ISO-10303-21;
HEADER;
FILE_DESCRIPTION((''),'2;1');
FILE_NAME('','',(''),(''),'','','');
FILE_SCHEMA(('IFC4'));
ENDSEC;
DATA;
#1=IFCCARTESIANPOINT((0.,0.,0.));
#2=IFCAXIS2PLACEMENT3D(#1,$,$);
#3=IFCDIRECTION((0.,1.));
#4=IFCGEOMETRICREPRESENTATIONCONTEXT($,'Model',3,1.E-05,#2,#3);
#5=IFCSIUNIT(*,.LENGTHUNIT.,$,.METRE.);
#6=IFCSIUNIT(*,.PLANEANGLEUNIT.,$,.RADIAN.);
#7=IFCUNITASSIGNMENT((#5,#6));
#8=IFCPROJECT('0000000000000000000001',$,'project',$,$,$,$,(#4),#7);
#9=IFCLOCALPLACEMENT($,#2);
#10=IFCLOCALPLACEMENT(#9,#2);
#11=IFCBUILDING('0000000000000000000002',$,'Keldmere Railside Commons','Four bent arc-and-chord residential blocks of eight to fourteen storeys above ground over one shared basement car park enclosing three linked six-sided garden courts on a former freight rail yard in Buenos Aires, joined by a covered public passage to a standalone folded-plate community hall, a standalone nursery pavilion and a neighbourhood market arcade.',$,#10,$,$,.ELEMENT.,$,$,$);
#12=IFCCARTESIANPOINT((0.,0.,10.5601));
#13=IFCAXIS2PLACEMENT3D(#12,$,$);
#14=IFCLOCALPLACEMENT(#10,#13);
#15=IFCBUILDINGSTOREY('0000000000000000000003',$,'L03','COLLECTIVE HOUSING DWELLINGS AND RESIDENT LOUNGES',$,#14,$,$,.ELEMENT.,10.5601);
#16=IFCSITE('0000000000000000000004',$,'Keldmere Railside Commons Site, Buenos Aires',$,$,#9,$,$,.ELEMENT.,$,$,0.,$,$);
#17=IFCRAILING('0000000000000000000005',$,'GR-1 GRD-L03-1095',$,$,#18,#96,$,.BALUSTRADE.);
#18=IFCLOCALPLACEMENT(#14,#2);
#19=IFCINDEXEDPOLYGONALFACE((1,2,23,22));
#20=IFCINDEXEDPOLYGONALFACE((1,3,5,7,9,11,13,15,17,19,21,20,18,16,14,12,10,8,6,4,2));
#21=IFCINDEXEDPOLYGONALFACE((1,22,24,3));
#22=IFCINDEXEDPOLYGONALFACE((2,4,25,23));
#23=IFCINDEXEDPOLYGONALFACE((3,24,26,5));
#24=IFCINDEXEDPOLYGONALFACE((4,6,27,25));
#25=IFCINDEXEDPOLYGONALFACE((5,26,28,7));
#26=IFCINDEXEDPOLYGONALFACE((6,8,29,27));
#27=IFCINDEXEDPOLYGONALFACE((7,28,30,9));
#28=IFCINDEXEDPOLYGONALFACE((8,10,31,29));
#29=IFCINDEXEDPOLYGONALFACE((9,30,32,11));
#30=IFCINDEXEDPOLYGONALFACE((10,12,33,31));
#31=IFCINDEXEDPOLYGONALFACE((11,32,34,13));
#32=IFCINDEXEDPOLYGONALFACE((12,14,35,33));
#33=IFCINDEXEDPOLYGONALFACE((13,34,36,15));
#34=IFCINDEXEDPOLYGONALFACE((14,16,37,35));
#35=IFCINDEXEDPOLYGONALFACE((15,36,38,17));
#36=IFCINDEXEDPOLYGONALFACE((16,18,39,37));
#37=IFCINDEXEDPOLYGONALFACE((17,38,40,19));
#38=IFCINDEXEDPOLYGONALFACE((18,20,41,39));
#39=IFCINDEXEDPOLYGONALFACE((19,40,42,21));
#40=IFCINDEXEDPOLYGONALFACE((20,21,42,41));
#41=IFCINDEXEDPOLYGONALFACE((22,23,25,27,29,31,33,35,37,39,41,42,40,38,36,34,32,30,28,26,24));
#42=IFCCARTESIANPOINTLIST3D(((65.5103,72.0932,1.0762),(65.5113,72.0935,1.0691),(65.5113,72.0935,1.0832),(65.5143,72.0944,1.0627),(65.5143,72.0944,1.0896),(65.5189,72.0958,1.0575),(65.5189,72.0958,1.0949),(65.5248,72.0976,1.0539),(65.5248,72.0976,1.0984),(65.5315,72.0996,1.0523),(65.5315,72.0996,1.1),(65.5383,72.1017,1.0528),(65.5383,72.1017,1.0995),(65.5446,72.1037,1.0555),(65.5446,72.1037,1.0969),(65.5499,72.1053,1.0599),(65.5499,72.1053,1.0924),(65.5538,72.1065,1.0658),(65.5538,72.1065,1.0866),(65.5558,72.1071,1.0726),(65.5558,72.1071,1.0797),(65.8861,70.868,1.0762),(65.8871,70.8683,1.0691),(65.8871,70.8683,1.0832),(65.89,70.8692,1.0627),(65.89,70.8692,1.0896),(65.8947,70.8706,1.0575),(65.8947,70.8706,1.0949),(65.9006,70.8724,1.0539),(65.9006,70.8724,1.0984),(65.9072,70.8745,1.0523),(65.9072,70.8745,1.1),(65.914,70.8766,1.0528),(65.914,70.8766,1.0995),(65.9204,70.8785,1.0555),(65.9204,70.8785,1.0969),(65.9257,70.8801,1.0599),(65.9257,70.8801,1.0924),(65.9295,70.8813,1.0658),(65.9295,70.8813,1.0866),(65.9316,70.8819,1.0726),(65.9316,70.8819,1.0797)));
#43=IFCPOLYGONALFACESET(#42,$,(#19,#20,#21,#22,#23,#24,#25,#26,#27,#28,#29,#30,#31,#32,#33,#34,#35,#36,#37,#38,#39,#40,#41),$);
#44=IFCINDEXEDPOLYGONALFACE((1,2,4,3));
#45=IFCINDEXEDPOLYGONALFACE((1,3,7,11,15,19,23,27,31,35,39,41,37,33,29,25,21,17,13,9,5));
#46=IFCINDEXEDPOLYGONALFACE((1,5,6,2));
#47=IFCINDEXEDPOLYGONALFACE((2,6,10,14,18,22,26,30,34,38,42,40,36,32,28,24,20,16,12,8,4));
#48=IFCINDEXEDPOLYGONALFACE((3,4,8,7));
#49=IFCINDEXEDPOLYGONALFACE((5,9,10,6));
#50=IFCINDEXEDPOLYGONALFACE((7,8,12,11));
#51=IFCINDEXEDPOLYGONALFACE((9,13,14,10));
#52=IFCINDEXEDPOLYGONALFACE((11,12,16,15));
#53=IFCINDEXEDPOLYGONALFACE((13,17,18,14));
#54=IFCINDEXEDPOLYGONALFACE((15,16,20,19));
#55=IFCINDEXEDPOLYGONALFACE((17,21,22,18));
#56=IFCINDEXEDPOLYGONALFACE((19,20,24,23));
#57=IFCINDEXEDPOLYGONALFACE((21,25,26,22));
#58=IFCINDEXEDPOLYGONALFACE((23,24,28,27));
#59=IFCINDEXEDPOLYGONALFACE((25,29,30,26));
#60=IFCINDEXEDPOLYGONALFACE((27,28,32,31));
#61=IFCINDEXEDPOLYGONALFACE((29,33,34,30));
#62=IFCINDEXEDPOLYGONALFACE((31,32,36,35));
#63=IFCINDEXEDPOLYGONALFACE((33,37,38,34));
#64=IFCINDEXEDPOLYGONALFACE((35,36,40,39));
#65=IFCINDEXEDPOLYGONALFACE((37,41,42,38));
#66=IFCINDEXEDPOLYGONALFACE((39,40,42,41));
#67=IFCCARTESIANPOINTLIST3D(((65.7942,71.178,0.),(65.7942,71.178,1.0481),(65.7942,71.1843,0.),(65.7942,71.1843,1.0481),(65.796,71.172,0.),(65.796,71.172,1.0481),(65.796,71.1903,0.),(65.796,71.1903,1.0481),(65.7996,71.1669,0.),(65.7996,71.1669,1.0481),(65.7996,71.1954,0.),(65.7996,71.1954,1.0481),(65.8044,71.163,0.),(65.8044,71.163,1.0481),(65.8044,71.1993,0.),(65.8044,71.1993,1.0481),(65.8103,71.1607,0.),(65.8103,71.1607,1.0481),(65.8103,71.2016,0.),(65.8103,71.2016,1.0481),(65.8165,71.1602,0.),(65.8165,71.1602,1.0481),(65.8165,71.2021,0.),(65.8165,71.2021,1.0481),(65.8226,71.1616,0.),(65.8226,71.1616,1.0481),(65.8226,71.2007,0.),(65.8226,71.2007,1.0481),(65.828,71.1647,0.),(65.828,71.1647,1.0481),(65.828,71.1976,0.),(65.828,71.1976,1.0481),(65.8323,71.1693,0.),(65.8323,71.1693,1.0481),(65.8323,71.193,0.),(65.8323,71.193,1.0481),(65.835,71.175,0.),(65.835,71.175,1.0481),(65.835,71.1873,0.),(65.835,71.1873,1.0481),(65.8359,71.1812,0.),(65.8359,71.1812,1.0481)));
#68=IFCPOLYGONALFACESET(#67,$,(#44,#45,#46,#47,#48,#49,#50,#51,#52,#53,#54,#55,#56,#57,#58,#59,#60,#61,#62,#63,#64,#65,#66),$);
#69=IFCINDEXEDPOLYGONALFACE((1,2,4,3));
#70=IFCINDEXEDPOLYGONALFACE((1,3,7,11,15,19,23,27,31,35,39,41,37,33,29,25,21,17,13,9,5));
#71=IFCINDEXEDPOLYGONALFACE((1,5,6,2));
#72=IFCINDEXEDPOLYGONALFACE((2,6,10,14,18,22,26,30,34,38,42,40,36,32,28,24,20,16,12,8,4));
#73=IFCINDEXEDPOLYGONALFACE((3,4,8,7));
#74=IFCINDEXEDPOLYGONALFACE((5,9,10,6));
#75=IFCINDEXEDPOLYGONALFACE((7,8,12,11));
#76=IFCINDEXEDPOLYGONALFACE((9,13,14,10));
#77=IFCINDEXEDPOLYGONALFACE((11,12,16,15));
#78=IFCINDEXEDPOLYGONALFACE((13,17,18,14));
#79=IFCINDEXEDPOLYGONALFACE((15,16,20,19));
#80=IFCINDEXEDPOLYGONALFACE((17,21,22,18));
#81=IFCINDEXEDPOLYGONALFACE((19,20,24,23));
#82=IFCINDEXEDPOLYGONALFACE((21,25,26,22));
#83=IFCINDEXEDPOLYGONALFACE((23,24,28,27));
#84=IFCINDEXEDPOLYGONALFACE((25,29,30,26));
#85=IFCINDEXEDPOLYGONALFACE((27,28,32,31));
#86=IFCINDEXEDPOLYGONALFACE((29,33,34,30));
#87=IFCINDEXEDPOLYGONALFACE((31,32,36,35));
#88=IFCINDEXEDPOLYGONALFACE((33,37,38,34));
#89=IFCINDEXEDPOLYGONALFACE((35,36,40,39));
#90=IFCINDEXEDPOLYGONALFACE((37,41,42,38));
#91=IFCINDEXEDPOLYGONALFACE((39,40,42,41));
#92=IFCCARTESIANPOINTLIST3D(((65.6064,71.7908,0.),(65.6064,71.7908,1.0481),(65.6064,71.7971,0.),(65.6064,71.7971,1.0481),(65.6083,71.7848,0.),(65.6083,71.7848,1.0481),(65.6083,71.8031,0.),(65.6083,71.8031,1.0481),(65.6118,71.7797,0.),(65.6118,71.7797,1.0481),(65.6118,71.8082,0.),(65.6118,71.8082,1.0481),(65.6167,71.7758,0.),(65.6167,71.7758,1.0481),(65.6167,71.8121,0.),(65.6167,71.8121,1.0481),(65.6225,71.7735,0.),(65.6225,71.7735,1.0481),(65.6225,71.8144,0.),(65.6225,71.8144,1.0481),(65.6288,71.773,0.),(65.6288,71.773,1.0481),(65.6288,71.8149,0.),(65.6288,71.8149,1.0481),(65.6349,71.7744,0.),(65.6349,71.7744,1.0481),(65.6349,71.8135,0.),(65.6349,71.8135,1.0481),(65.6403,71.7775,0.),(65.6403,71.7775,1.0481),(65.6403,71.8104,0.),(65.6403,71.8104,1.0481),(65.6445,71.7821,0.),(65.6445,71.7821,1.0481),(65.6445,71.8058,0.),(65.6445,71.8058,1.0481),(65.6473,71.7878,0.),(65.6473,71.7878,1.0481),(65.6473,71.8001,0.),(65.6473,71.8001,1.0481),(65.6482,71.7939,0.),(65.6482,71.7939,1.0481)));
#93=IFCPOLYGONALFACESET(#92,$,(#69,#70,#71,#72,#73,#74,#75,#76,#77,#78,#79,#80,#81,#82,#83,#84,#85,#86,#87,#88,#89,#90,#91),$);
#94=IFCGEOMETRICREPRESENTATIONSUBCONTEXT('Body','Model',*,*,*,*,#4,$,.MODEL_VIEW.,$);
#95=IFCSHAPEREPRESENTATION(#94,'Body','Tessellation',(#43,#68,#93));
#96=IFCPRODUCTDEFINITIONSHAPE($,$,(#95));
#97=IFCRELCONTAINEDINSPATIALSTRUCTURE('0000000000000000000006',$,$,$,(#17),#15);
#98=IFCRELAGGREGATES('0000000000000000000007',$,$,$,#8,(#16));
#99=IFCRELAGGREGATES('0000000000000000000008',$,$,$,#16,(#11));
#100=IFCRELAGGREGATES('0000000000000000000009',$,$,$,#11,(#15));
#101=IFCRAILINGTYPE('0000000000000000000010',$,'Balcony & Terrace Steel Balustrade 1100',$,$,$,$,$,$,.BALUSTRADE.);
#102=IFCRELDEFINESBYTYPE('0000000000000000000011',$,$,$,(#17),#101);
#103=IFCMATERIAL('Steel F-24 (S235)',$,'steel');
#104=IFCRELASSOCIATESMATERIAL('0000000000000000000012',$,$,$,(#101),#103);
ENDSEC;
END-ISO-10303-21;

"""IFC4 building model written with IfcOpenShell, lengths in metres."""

from ifc_helpers import new_model, si_unit, direction, frame, origin, origin_2d, place, context, subcontext, project, spatial, circle, extrude, material, type_object, element, save


model = new_model("IFC4")

# Units and contexts
model_context = context("Model", 3, precision=1e-05, world=origin(), true_north=direction((0.0, 1.0)))
body_context = subcontext(model_context, "Body", "Model", "MODEL_VIEW")
ifc_project = project(units=[si_unit("LENGTHUNIT", "METRE"), si_unit("PLANEANGLEUNIT", "RADIAN")], contexts=[model_context])

# Site, building, storey
site_placement = place(None, origin())
site = spatial("IfcSite", under=ifc_project, at=site_placement, Name="Keldmere Railside Commons Site, Buenos Aires", CompositionType="ELEMENT", RefElevation=0.0)
building_placement = place(site_placement, origin())
building = spatial("IfcBuilding", under=site, at=building_placement, Name="Keldmere Railside Commons", Description="Four bent arc-and-chord residential blocks of eight to fourteen storeys above ground over one shared basement car park enclosing three linked six-sided garden courts on a former freight rail yard in Buenos Aires, joined by a covered public passage to a standalone folded-plate community hall, a standalone nursery pavilion and a neighbourhood market arcade.", CompositionType="ELEMENT")
storey_placement = place(building_placement, frame((0.0, 0.0, 10.5601)))
storey = spatial("IfcBuildingStorey", under=building, at=storey_placement, Name="L03", Description="COLLECTIVE HOUSING DWELLINGS AND RESIDENT LOUNGES", CompositionType="ELEMENT", Elevation=10.5601)

# Railing
ifc_material_1 = material(Name="Steel F-24 (S235)", Category="steel")
railing_type = type_object("IfcRailingType", Name="Balcony & Terrace Steel Balustrade 1100", PredefinedType="BALUSTRADE", material=ifc_material_1)
railing_1_placement = place(storey_placement, frame((65.9089, 70.875, 0.0)))
element("IfcRailing", 1, at=railing_1_placement, inside=storey, type_object=railing_type, Name="GR-1 GRD-L03-1095", PredefinedType="BALUSTRADE", context=body_context, shape_type="SweptSolid", body=[
    extrude(circle(Radius=0.0239, at=origin_2d()), frame((0.0, 0.0, 1.0762), z_axis=(-0.293215, 0.956046, 0.0), x_axis=(-0.956046, -0.293215, 0.0)), (0.0, 0.0, 1.0), 1.2815),
    extrude(circle(Radius=0.021, at=origin_2d()), frame((-0.094, 0.3062, 0.0)), (0.0, 0.0, 1.0), 1.0481),
    extrude(circle(Radius=0.021, at=origin_2d()), frame((-0.2817, 0.9189, 0.0)), (0.0, 0.0, 1.0), 1.0481),
])

save(model, "model.ifc")
